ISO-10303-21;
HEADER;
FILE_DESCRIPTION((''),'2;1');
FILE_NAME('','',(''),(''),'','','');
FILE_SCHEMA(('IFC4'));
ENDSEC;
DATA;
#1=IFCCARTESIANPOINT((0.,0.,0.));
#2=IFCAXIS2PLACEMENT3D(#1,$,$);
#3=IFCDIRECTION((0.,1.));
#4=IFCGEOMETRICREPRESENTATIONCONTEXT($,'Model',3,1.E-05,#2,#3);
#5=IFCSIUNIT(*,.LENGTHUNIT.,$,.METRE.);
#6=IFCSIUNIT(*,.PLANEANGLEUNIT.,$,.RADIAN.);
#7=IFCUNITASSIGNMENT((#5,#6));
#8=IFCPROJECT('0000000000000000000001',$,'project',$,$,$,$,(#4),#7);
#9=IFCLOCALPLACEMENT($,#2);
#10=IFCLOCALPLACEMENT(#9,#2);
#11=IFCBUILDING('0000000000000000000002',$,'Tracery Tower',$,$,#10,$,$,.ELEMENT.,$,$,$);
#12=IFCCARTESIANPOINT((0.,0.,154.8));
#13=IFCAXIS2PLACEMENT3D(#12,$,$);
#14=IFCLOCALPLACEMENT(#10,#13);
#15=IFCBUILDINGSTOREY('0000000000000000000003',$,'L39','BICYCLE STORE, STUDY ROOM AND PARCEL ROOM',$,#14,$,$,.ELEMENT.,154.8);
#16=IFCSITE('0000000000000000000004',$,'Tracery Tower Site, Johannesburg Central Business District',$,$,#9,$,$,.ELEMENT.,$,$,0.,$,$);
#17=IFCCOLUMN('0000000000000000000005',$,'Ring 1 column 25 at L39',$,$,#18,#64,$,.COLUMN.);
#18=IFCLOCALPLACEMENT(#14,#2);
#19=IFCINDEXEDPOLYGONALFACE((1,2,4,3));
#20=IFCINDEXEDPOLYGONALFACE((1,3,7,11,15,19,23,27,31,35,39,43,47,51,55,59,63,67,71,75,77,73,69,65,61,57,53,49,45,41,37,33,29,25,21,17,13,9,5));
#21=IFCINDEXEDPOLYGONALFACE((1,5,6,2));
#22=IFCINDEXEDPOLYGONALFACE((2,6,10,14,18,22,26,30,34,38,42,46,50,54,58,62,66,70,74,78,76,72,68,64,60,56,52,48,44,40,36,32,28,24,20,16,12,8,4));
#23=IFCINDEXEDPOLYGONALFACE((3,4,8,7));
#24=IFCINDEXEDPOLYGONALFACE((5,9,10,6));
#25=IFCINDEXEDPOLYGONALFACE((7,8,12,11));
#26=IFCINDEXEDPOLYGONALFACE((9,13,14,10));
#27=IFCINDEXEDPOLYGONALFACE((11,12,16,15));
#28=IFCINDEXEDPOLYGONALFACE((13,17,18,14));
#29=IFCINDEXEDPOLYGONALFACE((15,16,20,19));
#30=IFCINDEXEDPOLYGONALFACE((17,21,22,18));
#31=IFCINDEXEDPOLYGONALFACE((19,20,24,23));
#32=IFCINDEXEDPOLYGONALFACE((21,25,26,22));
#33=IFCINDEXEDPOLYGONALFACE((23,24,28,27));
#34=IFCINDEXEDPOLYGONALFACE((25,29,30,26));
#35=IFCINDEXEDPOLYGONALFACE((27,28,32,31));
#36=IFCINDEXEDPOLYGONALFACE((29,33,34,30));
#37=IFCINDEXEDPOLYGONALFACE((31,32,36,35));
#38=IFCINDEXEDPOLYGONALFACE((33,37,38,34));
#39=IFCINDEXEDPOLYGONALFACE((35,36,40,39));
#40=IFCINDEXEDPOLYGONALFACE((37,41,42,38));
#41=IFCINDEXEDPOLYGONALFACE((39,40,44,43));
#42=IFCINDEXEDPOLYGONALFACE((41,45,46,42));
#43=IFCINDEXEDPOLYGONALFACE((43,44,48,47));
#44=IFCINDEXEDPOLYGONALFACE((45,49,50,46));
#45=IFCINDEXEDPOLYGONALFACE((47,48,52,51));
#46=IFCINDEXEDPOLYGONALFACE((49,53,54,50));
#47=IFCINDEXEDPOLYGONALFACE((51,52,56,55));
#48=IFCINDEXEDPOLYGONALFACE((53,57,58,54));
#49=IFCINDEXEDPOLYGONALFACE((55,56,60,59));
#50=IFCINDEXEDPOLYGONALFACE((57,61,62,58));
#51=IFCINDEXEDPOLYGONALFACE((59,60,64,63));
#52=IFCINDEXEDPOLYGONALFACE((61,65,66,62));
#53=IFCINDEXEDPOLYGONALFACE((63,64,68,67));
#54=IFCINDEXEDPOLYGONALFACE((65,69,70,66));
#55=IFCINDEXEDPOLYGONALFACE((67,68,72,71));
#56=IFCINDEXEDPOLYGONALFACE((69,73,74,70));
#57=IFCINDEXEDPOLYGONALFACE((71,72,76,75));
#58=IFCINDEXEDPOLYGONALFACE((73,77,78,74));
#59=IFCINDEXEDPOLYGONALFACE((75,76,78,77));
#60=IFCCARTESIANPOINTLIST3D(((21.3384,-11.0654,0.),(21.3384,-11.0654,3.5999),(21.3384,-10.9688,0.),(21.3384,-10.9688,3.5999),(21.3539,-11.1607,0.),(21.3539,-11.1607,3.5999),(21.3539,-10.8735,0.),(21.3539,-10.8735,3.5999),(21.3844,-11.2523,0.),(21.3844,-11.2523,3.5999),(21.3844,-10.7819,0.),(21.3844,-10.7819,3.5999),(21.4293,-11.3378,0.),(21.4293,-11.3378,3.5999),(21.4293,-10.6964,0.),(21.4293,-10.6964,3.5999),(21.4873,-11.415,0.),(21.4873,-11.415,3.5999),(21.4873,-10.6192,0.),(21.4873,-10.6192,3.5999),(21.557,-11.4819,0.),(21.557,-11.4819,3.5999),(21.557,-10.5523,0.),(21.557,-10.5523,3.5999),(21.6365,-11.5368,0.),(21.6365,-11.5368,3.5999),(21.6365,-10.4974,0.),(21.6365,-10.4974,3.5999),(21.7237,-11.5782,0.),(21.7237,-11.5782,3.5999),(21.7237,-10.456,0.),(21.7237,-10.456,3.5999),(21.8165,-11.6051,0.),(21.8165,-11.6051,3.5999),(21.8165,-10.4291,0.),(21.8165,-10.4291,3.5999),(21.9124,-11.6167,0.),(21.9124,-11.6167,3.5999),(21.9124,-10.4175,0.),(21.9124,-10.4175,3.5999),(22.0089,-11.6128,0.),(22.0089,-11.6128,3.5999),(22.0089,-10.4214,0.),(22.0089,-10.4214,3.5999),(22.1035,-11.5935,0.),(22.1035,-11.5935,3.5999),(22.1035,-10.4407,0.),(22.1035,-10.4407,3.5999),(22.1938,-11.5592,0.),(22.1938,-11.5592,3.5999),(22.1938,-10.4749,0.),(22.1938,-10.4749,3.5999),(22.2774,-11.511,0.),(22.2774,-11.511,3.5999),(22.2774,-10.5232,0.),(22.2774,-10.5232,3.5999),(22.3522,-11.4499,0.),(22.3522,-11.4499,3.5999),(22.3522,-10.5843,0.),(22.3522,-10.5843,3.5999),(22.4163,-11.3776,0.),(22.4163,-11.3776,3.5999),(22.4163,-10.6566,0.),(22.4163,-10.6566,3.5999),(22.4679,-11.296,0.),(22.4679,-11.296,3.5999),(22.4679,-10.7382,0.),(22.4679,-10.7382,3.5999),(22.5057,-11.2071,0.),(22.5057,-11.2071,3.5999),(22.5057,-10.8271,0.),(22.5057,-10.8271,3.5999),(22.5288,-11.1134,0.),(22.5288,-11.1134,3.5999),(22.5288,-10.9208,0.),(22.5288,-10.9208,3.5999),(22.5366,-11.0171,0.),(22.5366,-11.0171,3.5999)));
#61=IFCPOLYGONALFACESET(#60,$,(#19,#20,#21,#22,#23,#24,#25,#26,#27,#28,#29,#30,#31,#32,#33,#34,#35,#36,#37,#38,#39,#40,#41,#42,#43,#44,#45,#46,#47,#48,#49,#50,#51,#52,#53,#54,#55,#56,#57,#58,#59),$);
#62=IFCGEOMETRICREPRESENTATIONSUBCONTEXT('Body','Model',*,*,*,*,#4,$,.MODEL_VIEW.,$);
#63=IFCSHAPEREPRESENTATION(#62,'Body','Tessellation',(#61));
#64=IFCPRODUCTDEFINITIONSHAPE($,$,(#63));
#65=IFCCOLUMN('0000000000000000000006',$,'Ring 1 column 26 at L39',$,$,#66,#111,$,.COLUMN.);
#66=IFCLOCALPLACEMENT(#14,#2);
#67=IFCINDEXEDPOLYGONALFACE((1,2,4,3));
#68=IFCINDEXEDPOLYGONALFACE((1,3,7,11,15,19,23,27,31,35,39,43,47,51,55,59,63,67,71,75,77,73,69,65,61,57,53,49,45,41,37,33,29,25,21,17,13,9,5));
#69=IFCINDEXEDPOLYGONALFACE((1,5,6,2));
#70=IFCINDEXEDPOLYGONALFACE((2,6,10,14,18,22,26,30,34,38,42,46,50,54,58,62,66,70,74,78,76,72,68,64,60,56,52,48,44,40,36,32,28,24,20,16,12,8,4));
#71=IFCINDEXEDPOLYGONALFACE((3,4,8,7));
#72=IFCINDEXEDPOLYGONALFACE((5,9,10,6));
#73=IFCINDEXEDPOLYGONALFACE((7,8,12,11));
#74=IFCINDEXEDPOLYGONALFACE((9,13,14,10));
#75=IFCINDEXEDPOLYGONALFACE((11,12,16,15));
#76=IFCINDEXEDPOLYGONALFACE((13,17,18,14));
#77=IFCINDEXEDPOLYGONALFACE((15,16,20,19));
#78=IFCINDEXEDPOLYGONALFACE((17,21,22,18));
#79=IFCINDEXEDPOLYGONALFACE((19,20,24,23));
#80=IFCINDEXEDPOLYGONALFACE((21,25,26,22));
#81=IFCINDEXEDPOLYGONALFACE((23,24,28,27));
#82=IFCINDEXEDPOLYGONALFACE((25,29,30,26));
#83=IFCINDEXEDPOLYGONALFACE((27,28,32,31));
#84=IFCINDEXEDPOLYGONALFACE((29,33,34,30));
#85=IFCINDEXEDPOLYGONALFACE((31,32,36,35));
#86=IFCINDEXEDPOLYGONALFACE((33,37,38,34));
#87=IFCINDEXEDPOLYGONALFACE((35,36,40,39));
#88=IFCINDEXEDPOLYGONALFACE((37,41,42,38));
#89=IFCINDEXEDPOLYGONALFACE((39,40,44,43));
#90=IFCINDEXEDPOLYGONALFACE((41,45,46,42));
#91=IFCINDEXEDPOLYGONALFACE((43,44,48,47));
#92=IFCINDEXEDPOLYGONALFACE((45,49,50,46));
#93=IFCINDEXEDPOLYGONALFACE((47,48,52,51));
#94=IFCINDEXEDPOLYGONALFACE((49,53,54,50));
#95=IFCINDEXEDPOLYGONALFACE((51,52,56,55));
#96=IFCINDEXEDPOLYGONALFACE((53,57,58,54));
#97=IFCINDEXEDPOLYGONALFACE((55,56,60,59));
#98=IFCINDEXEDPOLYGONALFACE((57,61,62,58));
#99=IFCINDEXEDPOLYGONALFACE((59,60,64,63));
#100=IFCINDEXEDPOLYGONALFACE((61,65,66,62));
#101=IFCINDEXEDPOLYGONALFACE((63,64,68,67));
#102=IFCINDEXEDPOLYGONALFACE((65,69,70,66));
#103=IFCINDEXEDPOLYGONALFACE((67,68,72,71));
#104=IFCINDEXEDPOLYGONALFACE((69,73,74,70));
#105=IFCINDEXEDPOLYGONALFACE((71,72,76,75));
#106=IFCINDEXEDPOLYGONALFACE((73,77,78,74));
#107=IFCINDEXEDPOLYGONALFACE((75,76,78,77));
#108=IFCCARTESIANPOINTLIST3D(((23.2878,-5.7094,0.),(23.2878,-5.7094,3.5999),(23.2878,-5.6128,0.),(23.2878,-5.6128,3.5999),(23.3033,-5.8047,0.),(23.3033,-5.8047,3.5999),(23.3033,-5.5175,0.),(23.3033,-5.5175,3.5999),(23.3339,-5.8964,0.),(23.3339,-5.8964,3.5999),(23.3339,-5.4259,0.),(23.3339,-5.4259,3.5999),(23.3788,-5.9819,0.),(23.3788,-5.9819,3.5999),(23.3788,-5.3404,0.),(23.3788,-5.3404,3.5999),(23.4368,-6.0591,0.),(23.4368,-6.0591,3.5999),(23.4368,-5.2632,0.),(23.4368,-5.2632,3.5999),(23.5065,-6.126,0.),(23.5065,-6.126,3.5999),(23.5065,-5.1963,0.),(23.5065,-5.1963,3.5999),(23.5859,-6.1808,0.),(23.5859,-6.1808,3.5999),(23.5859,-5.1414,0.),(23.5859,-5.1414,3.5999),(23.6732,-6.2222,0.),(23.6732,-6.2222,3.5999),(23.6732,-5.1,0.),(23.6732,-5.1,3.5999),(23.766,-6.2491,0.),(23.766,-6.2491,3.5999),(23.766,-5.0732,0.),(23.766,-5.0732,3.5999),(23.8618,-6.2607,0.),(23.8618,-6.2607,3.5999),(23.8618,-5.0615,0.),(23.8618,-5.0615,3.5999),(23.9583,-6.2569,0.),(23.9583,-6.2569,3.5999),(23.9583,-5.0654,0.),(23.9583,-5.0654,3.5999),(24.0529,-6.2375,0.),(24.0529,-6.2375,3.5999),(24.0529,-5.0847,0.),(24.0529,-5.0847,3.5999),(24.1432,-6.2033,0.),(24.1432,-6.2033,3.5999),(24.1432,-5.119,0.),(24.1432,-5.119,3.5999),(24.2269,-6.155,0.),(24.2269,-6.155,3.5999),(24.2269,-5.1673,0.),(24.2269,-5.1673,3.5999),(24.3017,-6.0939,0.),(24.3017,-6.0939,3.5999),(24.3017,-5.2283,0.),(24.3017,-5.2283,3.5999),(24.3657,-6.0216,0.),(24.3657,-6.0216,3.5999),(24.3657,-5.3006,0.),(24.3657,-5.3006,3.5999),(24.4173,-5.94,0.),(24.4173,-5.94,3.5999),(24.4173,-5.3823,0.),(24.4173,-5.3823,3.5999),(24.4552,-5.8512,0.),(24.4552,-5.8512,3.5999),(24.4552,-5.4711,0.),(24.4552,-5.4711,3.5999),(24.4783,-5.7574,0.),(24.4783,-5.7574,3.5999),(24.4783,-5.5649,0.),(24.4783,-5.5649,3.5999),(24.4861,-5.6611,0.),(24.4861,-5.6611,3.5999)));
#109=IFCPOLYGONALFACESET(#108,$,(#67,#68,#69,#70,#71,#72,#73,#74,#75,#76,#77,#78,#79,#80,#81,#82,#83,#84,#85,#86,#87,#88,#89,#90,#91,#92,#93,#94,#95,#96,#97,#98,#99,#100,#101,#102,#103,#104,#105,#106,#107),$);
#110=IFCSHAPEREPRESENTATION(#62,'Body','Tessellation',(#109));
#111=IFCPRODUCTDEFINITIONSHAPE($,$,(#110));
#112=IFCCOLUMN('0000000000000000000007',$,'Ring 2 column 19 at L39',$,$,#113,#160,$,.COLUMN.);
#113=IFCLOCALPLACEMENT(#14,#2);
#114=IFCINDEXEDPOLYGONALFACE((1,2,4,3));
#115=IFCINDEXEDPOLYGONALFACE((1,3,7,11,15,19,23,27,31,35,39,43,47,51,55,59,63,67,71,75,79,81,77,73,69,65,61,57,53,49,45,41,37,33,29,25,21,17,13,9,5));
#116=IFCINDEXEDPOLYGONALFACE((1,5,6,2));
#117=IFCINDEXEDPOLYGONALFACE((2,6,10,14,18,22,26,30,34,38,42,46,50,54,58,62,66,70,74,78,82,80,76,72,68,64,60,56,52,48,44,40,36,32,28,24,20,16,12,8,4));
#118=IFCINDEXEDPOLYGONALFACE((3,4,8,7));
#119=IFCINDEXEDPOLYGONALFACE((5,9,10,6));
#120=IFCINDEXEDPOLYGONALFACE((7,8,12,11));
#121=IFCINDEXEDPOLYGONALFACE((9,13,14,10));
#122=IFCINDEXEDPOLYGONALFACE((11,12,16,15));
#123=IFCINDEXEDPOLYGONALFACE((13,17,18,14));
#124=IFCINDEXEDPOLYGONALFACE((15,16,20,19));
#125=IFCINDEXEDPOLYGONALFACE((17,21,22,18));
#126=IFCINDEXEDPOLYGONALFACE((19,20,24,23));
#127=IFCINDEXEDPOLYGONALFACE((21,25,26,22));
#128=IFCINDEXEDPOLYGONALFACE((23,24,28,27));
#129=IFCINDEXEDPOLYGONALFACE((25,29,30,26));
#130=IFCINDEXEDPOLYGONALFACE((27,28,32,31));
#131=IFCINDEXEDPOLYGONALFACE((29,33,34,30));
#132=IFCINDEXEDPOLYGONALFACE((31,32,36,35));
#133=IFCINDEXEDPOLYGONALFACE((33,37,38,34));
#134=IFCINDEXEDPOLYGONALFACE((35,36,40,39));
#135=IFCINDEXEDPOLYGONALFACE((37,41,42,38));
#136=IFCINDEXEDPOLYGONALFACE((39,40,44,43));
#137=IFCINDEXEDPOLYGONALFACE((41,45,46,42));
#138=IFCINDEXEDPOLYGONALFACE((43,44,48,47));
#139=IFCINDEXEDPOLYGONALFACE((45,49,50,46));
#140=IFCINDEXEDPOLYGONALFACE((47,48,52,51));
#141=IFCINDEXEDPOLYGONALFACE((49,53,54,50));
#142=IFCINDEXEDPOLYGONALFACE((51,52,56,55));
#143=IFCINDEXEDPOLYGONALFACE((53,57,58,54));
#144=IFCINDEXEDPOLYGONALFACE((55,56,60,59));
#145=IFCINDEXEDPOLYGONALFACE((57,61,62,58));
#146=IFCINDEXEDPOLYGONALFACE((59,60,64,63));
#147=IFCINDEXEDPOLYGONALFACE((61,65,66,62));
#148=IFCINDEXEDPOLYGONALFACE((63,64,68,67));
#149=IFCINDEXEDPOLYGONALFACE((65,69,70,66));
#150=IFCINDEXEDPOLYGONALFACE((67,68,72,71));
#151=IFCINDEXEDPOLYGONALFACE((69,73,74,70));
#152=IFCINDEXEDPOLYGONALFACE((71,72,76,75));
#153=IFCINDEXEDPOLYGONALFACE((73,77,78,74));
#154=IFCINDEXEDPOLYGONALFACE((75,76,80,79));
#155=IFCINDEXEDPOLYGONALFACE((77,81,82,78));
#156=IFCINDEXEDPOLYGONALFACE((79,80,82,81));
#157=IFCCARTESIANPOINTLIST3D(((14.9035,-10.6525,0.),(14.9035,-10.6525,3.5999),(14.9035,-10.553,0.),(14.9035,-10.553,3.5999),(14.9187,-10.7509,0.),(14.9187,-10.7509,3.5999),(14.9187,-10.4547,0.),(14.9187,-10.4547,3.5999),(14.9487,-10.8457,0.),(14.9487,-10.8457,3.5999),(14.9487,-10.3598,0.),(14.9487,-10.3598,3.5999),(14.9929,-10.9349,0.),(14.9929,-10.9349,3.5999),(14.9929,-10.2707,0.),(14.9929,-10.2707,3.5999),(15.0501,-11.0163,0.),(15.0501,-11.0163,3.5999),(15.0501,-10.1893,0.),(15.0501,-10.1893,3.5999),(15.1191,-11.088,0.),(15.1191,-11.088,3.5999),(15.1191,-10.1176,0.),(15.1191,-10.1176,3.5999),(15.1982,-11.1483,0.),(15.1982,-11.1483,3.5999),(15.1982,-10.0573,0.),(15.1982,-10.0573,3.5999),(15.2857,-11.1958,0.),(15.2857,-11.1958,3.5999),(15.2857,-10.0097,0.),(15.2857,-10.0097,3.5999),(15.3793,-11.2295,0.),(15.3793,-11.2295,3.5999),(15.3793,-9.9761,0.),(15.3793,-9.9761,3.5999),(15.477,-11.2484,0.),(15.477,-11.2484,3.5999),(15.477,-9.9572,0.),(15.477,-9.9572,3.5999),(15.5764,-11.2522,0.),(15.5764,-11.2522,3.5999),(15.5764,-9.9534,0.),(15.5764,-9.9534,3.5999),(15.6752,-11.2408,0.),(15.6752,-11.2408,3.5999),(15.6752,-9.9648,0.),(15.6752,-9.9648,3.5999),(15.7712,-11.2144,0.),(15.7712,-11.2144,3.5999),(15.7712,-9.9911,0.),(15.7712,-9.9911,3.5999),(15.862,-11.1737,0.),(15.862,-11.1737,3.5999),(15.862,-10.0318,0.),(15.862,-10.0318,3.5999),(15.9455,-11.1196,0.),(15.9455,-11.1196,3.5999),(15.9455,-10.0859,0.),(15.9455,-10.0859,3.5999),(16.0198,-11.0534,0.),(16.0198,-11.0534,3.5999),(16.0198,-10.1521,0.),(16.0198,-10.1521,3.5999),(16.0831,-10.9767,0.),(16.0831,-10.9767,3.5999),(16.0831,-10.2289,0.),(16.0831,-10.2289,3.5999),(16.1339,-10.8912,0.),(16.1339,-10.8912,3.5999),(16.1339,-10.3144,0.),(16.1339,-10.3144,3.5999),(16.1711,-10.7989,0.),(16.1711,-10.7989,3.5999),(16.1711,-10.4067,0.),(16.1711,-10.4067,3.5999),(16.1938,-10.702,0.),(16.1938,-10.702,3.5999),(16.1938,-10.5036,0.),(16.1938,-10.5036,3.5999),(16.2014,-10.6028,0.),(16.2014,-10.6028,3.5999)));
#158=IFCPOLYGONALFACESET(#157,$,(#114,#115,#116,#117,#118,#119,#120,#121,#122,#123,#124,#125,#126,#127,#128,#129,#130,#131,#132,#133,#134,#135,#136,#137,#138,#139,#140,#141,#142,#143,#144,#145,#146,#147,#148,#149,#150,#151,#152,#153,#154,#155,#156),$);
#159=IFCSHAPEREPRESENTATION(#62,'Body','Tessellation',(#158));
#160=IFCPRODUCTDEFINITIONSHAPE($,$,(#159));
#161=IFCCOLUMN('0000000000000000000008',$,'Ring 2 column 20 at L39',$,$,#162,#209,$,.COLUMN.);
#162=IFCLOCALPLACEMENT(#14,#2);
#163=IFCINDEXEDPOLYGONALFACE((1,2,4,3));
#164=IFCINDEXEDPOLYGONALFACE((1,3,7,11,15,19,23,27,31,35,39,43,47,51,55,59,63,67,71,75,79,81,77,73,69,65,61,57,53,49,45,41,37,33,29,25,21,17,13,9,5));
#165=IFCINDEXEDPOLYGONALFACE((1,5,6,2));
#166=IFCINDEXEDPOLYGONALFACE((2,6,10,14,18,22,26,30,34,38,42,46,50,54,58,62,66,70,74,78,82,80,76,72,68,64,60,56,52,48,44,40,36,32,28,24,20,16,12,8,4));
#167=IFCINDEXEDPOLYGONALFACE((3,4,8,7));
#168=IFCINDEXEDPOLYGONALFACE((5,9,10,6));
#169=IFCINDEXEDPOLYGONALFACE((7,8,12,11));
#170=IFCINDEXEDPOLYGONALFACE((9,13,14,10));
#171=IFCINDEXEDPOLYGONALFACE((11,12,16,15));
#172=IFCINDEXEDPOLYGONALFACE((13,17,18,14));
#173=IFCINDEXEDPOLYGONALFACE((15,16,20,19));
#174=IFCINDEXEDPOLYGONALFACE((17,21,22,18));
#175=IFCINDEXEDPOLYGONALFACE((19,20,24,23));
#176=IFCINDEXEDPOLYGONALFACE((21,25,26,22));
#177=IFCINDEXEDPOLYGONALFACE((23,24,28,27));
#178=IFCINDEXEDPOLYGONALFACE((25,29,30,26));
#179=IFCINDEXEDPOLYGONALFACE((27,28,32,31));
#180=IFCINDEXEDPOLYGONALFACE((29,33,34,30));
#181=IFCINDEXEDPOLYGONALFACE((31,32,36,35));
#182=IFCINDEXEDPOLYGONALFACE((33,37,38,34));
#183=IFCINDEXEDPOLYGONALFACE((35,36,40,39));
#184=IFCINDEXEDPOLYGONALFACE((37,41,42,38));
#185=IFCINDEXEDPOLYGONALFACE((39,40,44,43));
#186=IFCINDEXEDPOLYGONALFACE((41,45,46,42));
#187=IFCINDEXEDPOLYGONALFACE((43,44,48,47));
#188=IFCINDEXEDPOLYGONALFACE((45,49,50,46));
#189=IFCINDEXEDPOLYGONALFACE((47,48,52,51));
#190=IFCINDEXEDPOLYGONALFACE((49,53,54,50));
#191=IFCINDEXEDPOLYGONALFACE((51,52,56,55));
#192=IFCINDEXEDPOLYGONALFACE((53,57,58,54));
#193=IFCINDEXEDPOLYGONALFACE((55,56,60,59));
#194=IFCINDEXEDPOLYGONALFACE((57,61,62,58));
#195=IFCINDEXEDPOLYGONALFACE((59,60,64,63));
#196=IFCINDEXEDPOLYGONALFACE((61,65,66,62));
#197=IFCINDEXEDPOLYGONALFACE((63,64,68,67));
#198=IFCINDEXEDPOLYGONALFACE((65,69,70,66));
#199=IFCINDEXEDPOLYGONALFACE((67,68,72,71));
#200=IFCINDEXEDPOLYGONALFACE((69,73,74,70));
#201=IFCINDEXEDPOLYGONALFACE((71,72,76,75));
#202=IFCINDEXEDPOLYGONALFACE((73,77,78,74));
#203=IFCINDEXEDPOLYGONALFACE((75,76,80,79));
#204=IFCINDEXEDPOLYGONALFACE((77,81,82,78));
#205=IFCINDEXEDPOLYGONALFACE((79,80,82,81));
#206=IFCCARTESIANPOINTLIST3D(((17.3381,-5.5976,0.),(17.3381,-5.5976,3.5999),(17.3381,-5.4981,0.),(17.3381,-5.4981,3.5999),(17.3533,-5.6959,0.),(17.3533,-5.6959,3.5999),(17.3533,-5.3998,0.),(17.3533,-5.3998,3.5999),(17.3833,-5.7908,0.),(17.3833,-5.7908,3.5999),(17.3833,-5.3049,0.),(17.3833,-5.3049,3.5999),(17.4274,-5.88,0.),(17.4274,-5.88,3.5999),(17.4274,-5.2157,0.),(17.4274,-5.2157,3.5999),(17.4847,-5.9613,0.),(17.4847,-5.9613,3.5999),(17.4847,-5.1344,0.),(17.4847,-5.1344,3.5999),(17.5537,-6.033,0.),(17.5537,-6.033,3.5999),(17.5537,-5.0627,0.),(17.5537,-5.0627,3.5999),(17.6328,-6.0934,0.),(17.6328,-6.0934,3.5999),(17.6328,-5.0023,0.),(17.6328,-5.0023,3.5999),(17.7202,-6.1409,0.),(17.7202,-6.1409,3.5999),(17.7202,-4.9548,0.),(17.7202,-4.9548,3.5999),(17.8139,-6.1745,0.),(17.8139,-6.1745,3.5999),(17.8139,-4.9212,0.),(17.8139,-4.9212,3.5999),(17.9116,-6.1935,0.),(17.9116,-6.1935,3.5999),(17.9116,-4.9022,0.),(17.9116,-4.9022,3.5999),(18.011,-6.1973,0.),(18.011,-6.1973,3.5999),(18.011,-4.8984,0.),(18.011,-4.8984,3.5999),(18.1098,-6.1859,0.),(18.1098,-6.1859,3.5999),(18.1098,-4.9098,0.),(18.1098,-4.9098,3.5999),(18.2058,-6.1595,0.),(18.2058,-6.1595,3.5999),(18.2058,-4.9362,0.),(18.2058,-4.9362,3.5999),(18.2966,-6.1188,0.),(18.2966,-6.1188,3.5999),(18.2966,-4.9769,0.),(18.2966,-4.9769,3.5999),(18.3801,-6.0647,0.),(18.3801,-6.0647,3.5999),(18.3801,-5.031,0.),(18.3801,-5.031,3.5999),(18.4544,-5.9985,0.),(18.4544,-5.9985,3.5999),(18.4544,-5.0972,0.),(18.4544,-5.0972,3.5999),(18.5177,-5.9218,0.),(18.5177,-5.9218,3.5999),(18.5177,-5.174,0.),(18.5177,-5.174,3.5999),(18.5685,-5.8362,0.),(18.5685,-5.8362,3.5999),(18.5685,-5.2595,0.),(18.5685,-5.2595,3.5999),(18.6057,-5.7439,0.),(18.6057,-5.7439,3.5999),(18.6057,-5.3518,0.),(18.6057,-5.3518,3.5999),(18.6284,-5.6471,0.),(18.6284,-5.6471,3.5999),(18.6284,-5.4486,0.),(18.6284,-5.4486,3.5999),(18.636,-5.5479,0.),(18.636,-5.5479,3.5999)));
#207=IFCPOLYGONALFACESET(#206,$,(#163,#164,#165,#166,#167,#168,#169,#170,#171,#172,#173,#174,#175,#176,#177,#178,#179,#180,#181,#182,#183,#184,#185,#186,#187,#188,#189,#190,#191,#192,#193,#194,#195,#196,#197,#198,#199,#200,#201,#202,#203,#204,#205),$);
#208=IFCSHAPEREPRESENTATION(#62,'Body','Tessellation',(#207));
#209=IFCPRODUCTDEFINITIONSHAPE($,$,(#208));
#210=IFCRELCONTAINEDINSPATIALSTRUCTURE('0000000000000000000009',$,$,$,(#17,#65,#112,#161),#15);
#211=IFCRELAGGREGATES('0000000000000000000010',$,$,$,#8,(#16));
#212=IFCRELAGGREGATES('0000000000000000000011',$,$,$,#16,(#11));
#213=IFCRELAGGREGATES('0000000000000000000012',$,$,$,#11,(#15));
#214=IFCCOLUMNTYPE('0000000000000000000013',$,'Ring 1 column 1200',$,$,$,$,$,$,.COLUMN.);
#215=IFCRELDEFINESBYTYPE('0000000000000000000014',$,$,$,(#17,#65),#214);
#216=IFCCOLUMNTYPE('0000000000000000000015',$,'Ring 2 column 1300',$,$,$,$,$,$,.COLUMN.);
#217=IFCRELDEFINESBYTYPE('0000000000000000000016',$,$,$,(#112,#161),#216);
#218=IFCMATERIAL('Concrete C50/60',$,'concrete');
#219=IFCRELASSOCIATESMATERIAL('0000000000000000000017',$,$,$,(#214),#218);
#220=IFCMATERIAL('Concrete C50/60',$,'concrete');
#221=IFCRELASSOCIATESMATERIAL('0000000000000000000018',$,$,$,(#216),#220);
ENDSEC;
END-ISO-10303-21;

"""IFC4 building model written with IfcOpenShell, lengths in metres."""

from ifc_helpers import new_model, si_unit, direction, frame, origin, origin_2d, place, context, subcontext, project, spatial, circle, extrude, material, material_profile, profile_set, type_object, element, save


model = new_model("IFC4")

# Units and contexts
model_context = context("Model", 3, precision=1e-05, world=origin(), true_north=direction((0.0, 1.0)))
body_context = subcontext(model_context, "Body", "Model", "MODEL_VIEW")
ifc_project = project(units=[si_unit("LENGTHUNIT", "METRE"), si_unit("PLANEANGLEUNIT", "RADIAN")], contexts=[model_context])

# Site, building, storey
site_placement = place(None, origin())
site = spatial("IfcSite", under=ifc_project, at=site_placement, Name="Tracery Tower Site, Johannesburg Central Business District", CompositionType="ELEMENT", RefElevation=0.0)
building_placement = place(site_placement, origin())
building = spatial("IfcBuilding", under=site, at=building_placement, Name="Tracery Tower", CompositionType="ELEMENT")
storey_placement = place(building_placement, frame((0.0, 0.0, 154.8)))
storey = spatial("IfcBuildingStorey", under=building, at=storey_placement, Name="L39", Description="BICYCLE STORE, STUDY ROOM AND PARCEL ROOM", CompositionType="ELEMENT", Elevation=154.8)

# Columns
ifc_material_1 = material(Name="Concrete C50/60", Category="concrete")
ifc_material_profile_1 = material_profile(ifc_material_1, circle(Radius=0.6001, at=origin_2d()), Name="RC D1200")
ifc_profile_set_1 = profile_set([ifc_material_profile_1], Name="Concrete C50/60")
column_type_1 = type_object("IfcColumnType", Name="Ring 1 column 1200", PredefinedType="COLUMN", material=ifc_profile_set_1)
for number, where, z_axis, x_axis, name in (
    (1, (21.9365, -11.0171, 0.0), (0.0, 0.0, 1.0), (1.0, 0.0, 0.0), "Ring 1 column 25 at L39"),
    (2, (23.886, -5.6611, 0.0), (0.0, 0.0, 1.0), (1.0, 0.0, 0.0), "Ring 1 column 26 at L39"),
):
    element("IfcColumn", number, at=place(storey_placement, frame(where, z_axis=z_axis, x_axis=x_axis)), inside=storey, type_object=column_type_1, Name=name, PredefinedType="COLUMN", context=body_context, shape_type="SweptSolid", body=[
        extrude(circle(Radius=0.6001, at=origin_2d()), origin(), (0.0, 0.0, 1.0), 3.5999),
    ])
ifc_material_2 = material(Name="Concrete C50/60", Category="concrete")
ifc_material_profile_2 = material_profile(ifc_material_2, circle(Radius=0.6499, at=origin_2d()), Name="RC D1300")
ifc_profile_set_2 = profile_set([ifc_material_profile_2], Name="Concrete C50/60")
column_type_2 = type_object("IfcColumnType", Name="Ring 2 column 1300", PredefinedType="COLUMN", material=ifc_profile_set_2)
for number, where, z_axis, x_axis, name in (
    (3, (15.5515, -10.6028, 0.0), (0.0, 0.0, 1.0), (1.0, 0.0, 0.0), "Ring 2 column 19 at L39"),
    (4, (17.9861, -5.5479, 0.0), (0.0, 0.0, 1.0), (1.0, 0.0, 0.0), "Ring 2 column 20 at L39"),
):
    element("IfcColumn", number, at=place(storey_placement, frame(where, z_axis=z_axis, x_axis=x_axis)), inside=storey, type_object=column_type_2, Name=name, PredefinedType="COLUMN", context=body_context, shape_type="SweptSolid", body=[
        extrude(circle(Radius=0.6499, at=origin_2d()), origin(), (0.0, 0.0, 1.0), 3.5999),
    ])

save(model, "model.ifc")
